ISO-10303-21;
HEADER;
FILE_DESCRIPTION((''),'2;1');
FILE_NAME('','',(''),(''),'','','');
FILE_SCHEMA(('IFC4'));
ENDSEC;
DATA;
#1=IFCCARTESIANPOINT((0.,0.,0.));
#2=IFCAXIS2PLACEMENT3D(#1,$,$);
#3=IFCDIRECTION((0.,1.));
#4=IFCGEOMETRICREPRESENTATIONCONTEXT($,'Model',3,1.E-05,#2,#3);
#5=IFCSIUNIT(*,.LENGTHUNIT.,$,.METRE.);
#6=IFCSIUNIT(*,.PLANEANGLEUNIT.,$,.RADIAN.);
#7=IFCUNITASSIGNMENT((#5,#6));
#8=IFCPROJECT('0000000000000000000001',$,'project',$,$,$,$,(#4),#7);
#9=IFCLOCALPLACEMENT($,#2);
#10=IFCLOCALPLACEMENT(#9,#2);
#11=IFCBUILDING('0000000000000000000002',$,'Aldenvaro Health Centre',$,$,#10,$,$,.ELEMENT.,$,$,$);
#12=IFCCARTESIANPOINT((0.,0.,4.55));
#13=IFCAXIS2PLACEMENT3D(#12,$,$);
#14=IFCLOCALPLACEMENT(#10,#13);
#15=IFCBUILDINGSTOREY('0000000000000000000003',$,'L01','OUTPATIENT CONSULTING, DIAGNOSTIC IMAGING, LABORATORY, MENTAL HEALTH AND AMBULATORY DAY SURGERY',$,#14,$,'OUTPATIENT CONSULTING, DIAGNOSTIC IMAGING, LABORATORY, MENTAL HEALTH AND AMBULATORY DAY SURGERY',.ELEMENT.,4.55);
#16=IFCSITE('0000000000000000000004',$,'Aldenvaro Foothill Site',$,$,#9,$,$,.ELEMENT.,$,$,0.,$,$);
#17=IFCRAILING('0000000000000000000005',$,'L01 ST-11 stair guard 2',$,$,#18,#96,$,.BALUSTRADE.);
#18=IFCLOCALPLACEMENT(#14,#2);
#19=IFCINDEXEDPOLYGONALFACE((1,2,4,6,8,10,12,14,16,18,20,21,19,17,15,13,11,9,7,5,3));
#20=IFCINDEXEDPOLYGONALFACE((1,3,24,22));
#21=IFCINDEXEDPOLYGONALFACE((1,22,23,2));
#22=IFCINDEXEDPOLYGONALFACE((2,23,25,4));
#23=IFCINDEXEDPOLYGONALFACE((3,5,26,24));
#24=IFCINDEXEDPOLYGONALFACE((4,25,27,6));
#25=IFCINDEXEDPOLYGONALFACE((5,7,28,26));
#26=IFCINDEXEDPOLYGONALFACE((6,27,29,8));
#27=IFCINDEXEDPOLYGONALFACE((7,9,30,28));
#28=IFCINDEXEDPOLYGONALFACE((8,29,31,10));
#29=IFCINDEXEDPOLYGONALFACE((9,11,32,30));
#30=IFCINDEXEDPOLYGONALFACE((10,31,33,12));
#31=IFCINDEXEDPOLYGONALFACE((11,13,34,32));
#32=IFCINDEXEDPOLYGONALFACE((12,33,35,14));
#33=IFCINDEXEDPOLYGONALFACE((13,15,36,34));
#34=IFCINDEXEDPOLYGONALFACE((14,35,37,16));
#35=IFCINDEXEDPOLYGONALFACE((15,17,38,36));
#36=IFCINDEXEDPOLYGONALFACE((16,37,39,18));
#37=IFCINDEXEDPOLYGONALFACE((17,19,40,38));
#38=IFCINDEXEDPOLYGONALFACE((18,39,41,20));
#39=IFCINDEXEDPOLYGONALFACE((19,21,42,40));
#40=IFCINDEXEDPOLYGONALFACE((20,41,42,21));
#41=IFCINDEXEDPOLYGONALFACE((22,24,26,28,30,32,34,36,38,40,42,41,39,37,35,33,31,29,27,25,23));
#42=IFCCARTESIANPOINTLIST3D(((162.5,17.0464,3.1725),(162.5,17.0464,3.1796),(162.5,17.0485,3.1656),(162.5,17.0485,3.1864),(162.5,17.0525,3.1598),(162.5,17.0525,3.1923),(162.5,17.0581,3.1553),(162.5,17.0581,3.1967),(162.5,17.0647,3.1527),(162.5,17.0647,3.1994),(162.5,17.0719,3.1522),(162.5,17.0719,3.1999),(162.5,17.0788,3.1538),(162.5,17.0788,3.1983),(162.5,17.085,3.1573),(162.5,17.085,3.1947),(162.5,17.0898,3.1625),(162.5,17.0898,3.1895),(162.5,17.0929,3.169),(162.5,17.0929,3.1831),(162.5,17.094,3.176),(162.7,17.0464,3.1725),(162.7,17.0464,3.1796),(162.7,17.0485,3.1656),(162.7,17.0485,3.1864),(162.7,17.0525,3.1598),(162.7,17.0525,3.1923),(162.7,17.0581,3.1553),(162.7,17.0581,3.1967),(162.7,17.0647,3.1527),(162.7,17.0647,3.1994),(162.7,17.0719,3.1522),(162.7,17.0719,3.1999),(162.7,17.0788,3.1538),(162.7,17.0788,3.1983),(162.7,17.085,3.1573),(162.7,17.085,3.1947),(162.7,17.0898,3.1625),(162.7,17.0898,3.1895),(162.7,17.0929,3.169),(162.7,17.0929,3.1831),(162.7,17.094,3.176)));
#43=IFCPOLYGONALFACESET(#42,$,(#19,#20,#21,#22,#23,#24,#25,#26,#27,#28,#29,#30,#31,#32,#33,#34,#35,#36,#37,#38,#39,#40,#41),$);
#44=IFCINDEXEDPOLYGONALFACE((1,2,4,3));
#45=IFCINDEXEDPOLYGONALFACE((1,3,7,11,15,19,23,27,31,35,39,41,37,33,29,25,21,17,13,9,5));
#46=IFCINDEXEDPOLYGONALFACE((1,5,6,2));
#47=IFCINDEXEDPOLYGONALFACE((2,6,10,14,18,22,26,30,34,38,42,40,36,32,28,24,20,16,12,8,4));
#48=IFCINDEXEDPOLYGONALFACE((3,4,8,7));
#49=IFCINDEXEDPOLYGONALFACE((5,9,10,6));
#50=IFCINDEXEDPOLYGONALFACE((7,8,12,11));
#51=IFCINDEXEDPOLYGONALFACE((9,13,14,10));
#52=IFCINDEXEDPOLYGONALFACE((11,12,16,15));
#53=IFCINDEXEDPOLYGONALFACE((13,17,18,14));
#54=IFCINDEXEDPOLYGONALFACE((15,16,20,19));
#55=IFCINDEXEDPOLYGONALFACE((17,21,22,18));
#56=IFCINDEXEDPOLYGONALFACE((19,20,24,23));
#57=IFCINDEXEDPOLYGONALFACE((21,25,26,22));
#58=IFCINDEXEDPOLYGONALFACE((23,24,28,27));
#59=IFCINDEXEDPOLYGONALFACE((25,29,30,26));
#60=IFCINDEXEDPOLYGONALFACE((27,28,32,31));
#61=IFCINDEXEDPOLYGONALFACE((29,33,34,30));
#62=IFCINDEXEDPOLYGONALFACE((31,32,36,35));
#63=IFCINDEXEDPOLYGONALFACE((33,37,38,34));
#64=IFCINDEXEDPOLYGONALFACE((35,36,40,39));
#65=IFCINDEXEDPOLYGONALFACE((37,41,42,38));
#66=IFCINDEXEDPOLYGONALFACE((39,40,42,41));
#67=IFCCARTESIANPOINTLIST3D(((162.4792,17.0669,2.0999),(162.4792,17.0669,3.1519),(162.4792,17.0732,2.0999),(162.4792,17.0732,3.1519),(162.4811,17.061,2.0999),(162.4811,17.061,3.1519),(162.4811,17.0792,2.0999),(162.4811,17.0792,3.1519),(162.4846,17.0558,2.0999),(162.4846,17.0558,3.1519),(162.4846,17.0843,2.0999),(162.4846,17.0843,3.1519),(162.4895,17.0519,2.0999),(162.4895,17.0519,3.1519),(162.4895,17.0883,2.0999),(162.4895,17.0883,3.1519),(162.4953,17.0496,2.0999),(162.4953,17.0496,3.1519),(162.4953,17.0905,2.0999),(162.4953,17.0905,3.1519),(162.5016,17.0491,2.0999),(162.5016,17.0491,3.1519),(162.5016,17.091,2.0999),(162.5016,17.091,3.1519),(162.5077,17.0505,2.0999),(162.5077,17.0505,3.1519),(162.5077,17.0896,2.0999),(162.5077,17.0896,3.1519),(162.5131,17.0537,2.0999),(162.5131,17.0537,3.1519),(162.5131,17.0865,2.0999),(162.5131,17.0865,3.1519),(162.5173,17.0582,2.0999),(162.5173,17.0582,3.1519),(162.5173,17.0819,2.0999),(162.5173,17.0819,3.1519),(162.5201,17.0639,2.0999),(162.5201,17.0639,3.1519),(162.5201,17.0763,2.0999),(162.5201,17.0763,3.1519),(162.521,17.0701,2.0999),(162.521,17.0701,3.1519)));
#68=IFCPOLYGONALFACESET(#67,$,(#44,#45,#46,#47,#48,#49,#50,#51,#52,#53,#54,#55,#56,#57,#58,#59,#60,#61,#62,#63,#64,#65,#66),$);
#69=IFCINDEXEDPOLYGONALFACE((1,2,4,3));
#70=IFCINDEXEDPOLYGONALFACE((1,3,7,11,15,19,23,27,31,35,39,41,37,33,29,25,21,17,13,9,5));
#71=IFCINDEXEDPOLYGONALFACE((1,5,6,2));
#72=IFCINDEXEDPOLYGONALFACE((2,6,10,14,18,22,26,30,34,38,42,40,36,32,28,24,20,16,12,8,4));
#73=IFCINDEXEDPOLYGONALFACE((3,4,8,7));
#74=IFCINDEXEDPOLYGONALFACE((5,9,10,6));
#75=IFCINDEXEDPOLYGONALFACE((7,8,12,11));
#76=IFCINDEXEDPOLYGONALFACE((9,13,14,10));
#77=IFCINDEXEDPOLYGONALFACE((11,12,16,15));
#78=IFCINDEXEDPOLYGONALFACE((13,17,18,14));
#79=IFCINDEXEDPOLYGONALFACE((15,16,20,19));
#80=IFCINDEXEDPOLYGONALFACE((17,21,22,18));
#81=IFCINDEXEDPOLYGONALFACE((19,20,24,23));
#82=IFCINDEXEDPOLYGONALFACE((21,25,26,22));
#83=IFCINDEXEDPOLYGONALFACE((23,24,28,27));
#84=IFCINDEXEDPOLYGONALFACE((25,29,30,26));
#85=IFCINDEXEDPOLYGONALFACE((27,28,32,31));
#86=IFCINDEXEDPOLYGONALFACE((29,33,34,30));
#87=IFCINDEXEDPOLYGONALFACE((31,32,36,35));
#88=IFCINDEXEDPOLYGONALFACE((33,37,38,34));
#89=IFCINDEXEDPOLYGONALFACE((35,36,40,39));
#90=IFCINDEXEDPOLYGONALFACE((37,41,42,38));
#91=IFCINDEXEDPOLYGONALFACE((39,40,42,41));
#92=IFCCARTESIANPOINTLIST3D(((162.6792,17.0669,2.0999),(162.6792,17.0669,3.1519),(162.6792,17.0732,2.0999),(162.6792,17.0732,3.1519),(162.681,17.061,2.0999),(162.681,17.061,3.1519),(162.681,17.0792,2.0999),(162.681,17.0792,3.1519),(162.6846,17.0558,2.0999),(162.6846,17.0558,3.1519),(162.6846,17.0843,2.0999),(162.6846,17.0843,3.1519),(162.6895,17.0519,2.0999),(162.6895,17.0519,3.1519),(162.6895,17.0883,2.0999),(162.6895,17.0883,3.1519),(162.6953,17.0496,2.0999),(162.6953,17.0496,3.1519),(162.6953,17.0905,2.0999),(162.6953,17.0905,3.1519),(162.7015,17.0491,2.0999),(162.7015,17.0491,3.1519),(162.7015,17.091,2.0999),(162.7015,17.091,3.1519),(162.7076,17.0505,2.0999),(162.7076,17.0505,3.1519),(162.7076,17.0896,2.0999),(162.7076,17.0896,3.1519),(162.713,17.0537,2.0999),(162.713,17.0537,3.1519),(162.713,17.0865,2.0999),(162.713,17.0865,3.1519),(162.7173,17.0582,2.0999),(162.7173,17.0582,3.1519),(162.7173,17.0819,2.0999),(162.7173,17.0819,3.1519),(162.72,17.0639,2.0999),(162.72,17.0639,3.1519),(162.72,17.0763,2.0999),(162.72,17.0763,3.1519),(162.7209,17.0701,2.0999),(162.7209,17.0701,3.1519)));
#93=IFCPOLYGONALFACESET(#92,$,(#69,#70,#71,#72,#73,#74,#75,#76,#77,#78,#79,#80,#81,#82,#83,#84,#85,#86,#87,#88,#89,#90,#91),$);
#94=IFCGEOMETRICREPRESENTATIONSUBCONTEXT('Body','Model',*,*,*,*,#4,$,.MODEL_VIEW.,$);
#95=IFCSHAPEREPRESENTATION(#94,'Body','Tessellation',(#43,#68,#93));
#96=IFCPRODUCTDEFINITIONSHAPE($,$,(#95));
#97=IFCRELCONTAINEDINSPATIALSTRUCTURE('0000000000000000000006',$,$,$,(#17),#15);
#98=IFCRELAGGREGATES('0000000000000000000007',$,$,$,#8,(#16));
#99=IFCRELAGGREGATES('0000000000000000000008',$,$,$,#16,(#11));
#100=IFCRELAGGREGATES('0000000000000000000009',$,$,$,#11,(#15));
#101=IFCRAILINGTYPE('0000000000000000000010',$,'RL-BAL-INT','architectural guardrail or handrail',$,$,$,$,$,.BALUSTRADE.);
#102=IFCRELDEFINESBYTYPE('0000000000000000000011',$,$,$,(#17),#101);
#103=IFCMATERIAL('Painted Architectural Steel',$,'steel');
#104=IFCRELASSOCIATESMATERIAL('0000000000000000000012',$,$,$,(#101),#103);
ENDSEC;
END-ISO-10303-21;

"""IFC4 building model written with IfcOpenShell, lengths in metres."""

from ifc_helpers import new_model, si_unit, direction, frame, origin, origin_2d, place, context, subcontext, project, spatial, circle, extrude, material, type_object, element, save


model = new_model("IFC4")

# Units and contexts
model_context = context("Model", 3, precision=1e-05, world=origin(), true_north=direction((0.0, 1.0)))
body_context = subcontext(model_context, "Body", "Model", "MODEL_VIEW")
ifc_project = project(units=[si_unit("LENGTHUNIT", "METRE"), si_unit("PLANEANGLEUNIT", "RADIAN")], contexts=[model_context])

# Site, building, storey
site_placement = place(None, origin())
site = spatial("IfcSite", under=ifc_project, at=site_placement, Name="Aldenvaro Foothill Site", CompositionType="ELEMENT", RefElevation=0.0)
building_placement = place(site_placement, origin())
building = spatial("IfcBuilding", under=site, at=building_placement, Name="Aldenvaro Health Centre", CompositionType="ELEMENT")
storey_placement = place(building_placement, frame((0.0, 0.0, 4.55)))
storey = spatial("IfcBuildingStorey", under=building, at=storey_placement, Name="L01", Description="OUTPATIENT CONSULTING, DIAGNOSTIC IMAGING, LABORATORY, MENTAL HEALTH AND AMBULATORY DAY SURGERY", LongName="OUTPATIENT CONSULTING, DIAGNOSTIC IMAGING, LABORATORY, MENTAL HEALTH AND AMBULATORY DAY SURGERY", CompositionType="ELEMENT", Elevation=4.55)

# Railing
ifc_material_1 = material(Name="Painted Architectural Steel", Category="steel")
railing_type_1 = type_object("IfcRailingType", Name="RL-BAL-INT", Description="architectural guardrail or handrail", PredefinedType="BALUSTRADE", material=ifc_material_1)
railing_1_placement = place(storey_placement, frame((162.5, 17.0701, 2.0999)))
element("IfcRailing", 1, at=railing_1_placement, inside=storey, type_object=railing_type_1, Name="L01 ST-11 stair guard 2", PredefinedType="BALUSTRADE", context=body_context, shape_type="SweptSolid", body=[
    extrude(circle(Radius=0.0239, at=origin_2d()), frame((0.0, 0.0, 1.0762), z_axis=(1.0, 0.0, 0.0), x_axis=(0.0, 1.0, 0.0)), (0.0, 0.0, 1.0), 0.2),
    extrude(circle(Radius=0.021, at=origin_2d()), origin(), (0.0, 0.0, 1.0), 1.052),
    extrude(circle(Radius=0.021, at=origin_2d()), frame((0.2, 0.0, 0.0)), (0.0, 0.0, 1.0), 1.052),
])

save(model, "model.ifc")
